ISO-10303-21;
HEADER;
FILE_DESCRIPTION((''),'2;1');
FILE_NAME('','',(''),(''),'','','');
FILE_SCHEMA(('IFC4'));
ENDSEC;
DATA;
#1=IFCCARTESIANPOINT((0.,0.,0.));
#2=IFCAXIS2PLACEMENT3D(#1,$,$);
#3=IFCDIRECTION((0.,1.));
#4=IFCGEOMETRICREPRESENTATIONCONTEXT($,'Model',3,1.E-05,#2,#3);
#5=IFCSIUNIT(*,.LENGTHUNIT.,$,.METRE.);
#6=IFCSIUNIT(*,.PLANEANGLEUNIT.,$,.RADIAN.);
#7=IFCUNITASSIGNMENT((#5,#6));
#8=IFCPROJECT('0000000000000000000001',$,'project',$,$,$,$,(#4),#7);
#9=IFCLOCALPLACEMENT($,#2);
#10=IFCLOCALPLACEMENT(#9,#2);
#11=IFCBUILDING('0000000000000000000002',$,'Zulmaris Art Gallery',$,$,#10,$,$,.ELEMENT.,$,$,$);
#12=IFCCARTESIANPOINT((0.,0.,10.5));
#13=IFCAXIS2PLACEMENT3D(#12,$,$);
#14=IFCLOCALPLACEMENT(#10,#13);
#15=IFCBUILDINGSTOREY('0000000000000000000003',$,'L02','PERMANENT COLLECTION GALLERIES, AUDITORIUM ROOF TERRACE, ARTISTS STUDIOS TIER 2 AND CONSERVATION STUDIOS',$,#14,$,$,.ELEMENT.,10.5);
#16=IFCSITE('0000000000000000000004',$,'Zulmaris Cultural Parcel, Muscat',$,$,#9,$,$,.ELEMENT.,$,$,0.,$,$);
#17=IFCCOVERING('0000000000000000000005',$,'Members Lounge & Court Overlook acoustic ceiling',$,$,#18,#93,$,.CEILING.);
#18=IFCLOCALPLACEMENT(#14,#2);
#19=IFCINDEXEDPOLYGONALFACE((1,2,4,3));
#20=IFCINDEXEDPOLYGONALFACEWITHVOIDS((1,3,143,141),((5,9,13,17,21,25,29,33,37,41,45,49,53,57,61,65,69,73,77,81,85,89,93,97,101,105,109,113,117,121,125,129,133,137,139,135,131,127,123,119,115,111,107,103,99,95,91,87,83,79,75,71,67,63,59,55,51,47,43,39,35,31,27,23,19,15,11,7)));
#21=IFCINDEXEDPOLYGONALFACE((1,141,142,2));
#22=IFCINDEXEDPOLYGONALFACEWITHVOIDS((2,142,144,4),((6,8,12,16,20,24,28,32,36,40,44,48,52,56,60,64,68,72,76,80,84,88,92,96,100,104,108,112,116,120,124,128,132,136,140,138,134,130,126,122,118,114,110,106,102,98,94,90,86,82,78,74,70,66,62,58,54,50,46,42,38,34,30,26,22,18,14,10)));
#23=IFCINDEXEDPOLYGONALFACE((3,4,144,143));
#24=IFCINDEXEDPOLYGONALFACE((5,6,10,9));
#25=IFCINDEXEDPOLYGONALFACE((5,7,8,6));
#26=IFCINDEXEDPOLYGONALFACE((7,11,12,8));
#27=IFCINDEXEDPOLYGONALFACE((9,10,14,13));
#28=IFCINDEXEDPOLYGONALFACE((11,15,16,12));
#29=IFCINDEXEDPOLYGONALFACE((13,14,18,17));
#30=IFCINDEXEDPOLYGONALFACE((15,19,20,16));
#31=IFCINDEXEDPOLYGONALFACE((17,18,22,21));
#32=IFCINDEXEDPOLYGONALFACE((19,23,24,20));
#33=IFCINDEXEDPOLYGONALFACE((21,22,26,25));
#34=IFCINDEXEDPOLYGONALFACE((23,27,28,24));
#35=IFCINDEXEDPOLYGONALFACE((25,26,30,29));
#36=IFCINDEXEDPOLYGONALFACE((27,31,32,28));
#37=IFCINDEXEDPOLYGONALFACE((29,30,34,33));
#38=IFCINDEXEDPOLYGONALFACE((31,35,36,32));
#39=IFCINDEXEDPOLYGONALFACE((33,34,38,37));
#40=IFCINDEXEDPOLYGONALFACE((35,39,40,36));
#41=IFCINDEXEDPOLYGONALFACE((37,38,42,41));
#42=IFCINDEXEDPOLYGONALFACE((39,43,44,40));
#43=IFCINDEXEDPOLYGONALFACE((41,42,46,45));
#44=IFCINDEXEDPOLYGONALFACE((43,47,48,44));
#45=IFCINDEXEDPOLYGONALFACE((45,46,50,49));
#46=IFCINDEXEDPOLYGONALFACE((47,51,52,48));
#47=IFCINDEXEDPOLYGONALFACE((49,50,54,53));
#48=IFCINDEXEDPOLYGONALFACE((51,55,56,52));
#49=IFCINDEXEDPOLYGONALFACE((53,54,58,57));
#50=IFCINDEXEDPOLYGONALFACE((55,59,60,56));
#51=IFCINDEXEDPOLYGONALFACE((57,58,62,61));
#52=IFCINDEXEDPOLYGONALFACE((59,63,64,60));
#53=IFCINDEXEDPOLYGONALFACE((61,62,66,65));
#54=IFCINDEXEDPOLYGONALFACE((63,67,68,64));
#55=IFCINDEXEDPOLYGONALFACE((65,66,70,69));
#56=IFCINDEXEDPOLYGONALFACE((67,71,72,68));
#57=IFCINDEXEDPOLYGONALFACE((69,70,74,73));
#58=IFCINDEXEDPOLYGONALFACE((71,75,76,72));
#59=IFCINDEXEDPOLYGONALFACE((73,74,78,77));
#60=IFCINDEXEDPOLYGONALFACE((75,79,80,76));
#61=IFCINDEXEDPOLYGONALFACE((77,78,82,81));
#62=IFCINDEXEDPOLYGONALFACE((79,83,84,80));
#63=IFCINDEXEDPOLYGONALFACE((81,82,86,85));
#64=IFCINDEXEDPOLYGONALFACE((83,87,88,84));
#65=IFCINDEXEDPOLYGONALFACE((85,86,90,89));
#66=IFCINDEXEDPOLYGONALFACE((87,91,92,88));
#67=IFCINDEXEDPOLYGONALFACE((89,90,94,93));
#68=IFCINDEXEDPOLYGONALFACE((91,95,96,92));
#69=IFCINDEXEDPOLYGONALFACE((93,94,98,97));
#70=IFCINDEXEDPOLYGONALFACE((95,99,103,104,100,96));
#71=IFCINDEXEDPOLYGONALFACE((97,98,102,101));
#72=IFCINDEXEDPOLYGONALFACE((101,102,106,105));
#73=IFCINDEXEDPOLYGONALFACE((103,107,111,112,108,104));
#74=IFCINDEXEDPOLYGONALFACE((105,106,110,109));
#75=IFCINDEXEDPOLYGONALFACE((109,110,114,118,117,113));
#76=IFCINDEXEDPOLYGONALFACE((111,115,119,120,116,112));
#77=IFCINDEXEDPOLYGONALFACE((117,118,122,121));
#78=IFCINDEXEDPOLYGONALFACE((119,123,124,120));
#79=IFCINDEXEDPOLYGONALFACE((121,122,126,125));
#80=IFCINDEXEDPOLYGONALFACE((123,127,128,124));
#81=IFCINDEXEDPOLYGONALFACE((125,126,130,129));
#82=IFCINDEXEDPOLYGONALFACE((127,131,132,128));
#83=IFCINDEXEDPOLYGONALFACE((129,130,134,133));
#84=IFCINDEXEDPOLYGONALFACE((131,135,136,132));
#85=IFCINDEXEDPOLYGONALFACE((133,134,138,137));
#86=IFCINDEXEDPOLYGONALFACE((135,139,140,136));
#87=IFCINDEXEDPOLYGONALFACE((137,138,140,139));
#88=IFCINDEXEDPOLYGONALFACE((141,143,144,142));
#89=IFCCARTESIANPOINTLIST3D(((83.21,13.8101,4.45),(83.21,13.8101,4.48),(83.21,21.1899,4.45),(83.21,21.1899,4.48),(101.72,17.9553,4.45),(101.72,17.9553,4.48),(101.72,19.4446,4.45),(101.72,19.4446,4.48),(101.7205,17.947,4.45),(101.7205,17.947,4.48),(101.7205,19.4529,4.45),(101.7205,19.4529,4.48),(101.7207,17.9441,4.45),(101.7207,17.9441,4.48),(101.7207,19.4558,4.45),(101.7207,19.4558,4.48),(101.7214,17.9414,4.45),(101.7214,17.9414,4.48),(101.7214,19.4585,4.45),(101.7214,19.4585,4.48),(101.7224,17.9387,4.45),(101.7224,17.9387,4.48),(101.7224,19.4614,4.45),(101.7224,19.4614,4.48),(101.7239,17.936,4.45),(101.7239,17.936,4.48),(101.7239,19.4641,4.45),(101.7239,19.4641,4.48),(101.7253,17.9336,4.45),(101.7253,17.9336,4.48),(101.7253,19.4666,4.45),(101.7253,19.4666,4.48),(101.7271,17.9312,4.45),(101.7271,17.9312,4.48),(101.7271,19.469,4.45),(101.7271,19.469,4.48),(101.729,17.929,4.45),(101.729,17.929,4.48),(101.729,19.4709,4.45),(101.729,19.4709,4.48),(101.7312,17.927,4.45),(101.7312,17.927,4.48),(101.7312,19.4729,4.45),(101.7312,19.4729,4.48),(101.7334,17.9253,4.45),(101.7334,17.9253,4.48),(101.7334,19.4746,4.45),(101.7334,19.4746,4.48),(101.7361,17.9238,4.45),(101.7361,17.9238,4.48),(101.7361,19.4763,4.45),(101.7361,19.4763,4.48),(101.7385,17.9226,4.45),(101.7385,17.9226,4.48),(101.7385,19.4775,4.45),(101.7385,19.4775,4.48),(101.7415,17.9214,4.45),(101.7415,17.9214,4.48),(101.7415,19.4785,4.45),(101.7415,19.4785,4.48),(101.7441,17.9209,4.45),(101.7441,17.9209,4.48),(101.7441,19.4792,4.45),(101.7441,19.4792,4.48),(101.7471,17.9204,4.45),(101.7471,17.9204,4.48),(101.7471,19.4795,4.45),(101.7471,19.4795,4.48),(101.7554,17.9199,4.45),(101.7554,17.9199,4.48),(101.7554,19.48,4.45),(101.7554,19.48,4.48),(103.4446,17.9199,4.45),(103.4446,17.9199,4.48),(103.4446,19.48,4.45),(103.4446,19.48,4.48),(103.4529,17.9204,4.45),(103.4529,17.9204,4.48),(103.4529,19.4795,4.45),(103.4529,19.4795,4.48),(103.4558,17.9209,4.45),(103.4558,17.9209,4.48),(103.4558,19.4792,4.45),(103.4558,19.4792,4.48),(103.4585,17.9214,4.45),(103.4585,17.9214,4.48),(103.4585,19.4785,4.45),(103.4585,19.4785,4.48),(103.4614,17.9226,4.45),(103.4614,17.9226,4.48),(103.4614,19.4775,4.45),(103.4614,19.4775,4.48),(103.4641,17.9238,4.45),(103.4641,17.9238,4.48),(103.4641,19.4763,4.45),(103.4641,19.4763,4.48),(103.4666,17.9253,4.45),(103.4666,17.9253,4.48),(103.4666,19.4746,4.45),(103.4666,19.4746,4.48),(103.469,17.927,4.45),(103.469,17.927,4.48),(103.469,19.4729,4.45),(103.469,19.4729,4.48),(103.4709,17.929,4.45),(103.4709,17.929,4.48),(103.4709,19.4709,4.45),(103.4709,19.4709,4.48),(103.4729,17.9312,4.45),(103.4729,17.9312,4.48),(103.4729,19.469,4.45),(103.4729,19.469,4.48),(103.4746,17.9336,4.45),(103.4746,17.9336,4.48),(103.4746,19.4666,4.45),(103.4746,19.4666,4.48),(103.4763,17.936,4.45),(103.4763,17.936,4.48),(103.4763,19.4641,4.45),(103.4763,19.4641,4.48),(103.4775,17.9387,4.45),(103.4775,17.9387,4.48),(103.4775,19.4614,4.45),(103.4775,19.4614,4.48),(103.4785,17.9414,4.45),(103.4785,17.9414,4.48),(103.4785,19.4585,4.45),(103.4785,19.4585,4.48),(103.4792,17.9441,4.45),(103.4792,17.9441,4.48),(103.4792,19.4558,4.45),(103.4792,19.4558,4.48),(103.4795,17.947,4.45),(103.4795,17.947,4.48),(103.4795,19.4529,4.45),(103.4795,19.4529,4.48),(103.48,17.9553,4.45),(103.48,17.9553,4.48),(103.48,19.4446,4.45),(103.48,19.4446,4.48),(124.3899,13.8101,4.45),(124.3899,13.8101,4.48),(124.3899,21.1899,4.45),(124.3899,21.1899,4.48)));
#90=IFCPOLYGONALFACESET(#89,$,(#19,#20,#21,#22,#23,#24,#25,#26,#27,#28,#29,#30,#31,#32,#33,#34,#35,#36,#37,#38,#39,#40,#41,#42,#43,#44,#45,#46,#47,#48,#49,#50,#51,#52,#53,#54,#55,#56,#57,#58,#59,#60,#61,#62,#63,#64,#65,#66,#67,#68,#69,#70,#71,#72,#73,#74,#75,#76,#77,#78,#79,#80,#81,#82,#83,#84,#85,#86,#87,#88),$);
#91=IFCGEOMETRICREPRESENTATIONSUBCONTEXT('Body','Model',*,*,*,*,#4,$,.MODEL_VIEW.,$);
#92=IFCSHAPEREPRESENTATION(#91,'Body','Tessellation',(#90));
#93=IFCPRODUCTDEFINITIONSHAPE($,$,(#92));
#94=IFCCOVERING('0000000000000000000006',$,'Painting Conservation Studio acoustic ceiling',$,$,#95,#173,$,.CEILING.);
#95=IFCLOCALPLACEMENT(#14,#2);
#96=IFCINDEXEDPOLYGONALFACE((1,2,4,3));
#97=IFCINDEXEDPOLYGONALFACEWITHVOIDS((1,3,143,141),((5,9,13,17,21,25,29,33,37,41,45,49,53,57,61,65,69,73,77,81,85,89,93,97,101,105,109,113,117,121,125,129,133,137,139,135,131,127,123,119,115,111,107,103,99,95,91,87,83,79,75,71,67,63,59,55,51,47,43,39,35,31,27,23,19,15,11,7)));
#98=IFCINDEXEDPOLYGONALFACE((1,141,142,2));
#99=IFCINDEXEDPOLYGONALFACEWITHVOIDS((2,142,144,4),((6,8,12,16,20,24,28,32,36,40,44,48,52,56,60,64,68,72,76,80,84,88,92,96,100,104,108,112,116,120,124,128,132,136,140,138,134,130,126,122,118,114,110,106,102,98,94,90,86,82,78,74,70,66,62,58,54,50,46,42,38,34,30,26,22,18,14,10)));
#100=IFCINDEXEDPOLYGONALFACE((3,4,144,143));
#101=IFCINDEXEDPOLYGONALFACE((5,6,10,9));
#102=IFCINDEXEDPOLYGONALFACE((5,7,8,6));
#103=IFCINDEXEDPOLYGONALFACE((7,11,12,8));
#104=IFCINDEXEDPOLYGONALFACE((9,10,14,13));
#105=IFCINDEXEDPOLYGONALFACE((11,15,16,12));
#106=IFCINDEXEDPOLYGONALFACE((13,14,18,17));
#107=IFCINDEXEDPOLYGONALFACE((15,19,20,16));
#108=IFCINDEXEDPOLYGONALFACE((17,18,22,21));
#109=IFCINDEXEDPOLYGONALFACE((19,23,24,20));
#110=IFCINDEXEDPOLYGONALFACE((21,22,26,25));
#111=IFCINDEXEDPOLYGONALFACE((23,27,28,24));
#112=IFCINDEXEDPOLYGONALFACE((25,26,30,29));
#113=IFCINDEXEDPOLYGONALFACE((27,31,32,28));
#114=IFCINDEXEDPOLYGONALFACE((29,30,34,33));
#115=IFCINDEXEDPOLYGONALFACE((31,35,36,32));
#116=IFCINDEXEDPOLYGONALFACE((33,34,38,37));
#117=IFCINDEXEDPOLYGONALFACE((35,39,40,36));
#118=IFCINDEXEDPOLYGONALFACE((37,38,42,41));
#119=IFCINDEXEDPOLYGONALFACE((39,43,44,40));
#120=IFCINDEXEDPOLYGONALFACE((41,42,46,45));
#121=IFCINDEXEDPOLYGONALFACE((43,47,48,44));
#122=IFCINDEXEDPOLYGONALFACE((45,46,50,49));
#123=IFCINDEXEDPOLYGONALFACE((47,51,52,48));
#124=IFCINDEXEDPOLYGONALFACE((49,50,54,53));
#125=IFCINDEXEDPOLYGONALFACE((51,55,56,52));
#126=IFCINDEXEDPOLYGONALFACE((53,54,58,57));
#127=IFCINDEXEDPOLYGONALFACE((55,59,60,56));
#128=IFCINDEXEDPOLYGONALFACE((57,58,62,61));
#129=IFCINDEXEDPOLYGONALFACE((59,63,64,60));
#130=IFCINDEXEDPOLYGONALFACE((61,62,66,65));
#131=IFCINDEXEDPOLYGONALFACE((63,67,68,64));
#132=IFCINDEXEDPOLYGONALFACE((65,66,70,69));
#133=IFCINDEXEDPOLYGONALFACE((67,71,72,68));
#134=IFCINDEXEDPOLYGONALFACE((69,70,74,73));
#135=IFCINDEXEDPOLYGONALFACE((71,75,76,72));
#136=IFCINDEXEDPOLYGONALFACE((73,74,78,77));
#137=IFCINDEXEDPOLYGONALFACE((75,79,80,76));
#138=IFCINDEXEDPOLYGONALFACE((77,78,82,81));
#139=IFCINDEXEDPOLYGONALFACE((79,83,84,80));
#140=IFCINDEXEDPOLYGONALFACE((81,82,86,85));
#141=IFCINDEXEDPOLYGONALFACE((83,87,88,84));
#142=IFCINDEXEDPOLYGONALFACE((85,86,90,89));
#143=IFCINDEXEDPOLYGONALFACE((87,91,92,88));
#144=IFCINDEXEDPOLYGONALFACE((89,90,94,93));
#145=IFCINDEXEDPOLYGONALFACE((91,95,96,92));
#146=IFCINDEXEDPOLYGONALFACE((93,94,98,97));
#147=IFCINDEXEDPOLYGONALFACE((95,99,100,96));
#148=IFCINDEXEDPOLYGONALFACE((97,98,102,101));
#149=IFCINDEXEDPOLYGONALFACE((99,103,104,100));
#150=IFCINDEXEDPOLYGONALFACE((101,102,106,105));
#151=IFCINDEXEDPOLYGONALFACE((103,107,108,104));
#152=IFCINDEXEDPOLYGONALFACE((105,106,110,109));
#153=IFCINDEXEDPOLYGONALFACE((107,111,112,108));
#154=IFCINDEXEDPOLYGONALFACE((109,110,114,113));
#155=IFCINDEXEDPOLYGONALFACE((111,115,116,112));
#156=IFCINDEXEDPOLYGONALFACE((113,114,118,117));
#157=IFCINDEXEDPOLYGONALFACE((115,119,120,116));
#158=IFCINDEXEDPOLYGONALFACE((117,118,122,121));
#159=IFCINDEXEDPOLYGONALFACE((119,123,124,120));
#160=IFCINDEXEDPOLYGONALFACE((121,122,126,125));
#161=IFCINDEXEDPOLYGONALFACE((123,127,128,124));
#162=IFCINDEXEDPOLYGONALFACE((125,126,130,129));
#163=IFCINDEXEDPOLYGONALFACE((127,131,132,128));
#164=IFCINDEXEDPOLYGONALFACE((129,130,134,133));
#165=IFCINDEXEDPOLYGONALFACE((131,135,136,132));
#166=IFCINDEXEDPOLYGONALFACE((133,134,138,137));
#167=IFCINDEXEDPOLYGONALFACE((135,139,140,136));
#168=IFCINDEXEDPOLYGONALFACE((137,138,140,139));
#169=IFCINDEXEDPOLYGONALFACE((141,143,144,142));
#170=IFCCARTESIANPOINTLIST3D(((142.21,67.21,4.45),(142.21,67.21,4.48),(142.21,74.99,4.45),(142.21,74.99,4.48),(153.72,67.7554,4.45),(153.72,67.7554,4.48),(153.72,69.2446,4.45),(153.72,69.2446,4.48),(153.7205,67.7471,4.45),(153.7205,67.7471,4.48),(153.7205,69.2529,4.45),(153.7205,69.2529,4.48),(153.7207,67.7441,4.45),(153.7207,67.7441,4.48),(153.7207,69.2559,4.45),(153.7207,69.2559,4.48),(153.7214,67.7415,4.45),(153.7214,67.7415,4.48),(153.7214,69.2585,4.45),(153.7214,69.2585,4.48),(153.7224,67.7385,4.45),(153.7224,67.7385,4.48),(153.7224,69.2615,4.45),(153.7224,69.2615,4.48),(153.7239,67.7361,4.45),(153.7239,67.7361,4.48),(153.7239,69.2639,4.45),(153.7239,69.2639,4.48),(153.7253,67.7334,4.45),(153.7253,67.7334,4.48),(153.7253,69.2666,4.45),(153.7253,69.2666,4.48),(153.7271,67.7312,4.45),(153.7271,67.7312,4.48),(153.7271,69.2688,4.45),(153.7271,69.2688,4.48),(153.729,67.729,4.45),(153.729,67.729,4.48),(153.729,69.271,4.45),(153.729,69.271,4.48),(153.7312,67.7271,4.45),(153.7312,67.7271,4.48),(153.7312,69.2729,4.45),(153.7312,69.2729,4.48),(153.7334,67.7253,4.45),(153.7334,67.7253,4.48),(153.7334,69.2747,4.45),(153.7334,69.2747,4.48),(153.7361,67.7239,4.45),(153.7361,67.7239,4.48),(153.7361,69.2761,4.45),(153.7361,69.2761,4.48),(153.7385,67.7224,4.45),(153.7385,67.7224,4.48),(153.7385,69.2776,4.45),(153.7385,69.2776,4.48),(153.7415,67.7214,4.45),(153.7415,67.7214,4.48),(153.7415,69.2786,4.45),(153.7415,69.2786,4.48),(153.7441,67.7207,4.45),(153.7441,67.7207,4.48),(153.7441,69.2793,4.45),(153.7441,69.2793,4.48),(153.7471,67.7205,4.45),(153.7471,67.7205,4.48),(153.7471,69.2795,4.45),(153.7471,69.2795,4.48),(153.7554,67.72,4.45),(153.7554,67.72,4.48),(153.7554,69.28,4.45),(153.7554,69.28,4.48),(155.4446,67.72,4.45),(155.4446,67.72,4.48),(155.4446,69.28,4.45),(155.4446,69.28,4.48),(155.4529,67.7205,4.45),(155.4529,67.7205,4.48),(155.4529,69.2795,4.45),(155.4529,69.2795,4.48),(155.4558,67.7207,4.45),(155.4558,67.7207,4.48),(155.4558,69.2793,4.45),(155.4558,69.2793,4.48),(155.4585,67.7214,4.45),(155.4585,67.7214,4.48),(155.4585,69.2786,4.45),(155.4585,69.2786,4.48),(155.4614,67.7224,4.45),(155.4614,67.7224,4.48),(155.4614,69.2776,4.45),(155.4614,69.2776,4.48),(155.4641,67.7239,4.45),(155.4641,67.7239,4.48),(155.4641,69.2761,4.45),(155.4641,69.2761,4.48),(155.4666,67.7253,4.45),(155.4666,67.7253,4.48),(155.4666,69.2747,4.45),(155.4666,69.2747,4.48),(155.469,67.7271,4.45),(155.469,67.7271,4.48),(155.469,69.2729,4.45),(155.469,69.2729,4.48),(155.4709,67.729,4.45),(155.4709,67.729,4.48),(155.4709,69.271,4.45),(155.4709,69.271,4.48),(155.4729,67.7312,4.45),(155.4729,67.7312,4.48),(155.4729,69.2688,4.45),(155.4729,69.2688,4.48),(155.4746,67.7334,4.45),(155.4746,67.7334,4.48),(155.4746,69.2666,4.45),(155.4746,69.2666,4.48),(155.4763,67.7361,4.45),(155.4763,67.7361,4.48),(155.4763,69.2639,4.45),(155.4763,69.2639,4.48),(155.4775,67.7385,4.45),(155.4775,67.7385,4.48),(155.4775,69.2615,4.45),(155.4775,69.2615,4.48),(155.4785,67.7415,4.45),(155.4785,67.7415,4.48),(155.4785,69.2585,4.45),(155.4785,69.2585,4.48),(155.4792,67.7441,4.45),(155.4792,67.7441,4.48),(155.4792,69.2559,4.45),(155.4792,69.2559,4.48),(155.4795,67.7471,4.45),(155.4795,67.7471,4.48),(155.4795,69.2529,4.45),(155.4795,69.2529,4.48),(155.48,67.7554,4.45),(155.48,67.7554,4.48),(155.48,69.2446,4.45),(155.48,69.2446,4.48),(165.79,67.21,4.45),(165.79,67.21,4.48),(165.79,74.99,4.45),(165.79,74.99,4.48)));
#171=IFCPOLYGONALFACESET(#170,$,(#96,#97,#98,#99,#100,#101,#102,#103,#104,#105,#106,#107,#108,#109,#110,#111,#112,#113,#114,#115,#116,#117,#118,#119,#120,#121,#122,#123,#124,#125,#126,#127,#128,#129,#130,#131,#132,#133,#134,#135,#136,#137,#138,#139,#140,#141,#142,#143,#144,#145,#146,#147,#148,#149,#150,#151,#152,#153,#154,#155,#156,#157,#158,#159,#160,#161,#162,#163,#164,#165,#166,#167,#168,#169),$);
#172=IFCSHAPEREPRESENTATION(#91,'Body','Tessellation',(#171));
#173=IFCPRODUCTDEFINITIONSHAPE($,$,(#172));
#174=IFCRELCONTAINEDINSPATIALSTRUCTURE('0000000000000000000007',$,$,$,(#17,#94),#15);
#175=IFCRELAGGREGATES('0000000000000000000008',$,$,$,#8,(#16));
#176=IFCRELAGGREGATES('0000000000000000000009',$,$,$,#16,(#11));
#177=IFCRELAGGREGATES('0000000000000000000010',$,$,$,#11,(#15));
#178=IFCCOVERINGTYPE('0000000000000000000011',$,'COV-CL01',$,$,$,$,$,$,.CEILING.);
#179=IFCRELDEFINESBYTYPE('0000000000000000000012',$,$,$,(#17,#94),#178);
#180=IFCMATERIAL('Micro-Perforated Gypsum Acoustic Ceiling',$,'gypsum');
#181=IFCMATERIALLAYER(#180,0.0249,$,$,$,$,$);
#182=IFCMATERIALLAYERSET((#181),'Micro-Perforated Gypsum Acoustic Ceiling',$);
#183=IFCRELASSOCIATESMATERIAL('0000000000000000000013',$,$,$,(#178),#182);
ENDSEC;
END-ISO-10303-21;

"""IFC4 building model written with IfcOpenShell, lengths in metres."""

from ifc_helpers import new_model, si_unit, direction, frame, origin, place, context, subcontext, project, spatial, polyline, outline, extrude, material, layer, layer_set, type_object, element, save


model = new_model("IFC4")

# Units and contexts
model_context = context("Model", 3, precision=1e-05, world=origin(), true_north=direction((0.0, 1.0)))
body_context = subcontext(model_context, "Body", "Model", "MODEL_VIEW")
ifc_project = project(units=[si_unit("LENGTHUNIT", "METRE"), si_unit("PLANEANGLEUNIT", "RADIAN")], contexts=[model_context])

# Site, building, storey
site_placement = place(None, origin())
site = spatial("IfcSite", under=ifc_project, at=site_placement, Name="Zulmaris Cultural Parcel, Muscat", CompositionType="ELEMENT", RefElevation=0.0)
building_placement = place(site_placement, origin())
building = spatial("IfcBuilding", under=site, at=building_placement, Name="Zulmaris Art Gallery", CompositionType="ELEMENT")
storey_placement = place(building_placement, frame((0.0, 0.0, 10.5)))
storey = spatial("IfcBuildingStorey", under=building, at=storey_placement, Name="L02", Description="PERMANENT COLLECTION GALLERIES, AUDITORIUM ROOF TERRACE, ARTISTS STUDIOS TIER 2 AND CONSERVATION STUDIOS", CompositionType="ELEMENT", Elevation=10.5)

# Coverings
ifc_material_1 = material(Name="Micro-Perforated Gypsum Acoustic Ceiling", Category="gypsum")
ifc_layer_1 = layer(ifc_material_1, 0.0249)
ifc_layer_set_1 = layer_set([ifc_layer_1], Name="Micro-Perforated Gypsum Acoustic Ceiling")
covering_type_1 = type_object("IfcCoveringType", Name="COV-CL01", PredefinedType="CEILING", material=ifc_layer_set_1)
covering_1_placement = place(storey_placement, frame((0.0, 0.0, 4.45)))
element("IfcCovering", 1, at=covering_1_placement, inside=storey, type_object=covering_type_1, Name="Members Lounge & Court Overlook acoustic ceiling", PredefinedType="CEILING", context=body_context, shape_type="SweptSolid", body=[
    extrude(outline(polyline([(83.21, 21.1899), (124.3899, 21.1899), (124.3899, 13.8101), (83.21, 13.8101), (83.21, 21.1899)]), holes=[polyline([(101.7415, 19.4785), (101.7385, 19.4775), (101.7361, 19.4763), (101.7334, 19.4746), (101.7312, 19.4729), (101.729, 19.4709), (101.7271, 19.469), (101.7253, 19.4666), (101.7239, 19.4641), (101.7224, 19.4614), (101.7214, 19.4585), (101.7207, 19.4558), (101.7205, 19.4529), (101.72, 19.4446), (101.72, 17.9553), (101.7205, 17.947), (101.7207, 17.9441), (101.7214, 17.9414), (101.7224, 17.9387), (101.7239, 17.936), (101.7253, 17.9336), (101.7271, 17.9312), (101.729, 17.929), (101.7312, 17.927), (101.7334, 17.9253), (101.7361, 17.9238), (101.7385, 17.9226), (101.7415, 17.9214), (101.7441, 17.9209), (101.7471, 17.9204), (101.7554, 17.9199), (103.4446, 17.9199), (103.4529, 17.9204), (103.4558, 17.9209), (103.4585, 17.9214), (103.4614, 17.9226), (103.4641, 17.9238), (103.4666, 17.9253), (103.469, 17.927), (103.4709, 17.929), (103.4729, 17.9312), (103.4746, 17.9336), (103.4763, 17.936), (103.4775, 17.9387), (103.4785, 17.9414), (103.4792, 17.9441), (103.4795, 17.947), (103.48, 17.9553), (103.48, 19.4446), (103.4795, 19.4529), (103.4792, 19.4558), (103.4785, 19.4585), (103.4775, 19.4614), (103.4763, 19.4641), (103.4746, 19.4666), (103.4729, 19.469), (103.4709, 19.4709), (103.469, 19.4729), (103.4666, 19.4746), (103.4641, 19.4763), (103.4614, 19.4775), (103.4585, 19.4785), (103.4558, 19.4792), (103.4529, 19.4795), (103.4446, 19.48), (101.7554, 19.48), (101.7471, 19.4795), (101.7441, 19.4792), (101.7415, 19.4785)])]), origin(), (0.0, 0.0, 1.0), 0.03),
])
covering_2_placement = place(storey_placement, frame((0.0, 0.0, 4.45)))
element("IfcCovering", 2, at=covering_2_placement, inside=storey, type_object=covering_type_1, Name="Painting Conservation Studio acoustic ceiling", PredefinedType="CEILING", context=body_context, shape_type="SweptSolid", body=[
    extrude(outline(polyline([(142.21, 74.99), (165.79, 74.99), (165.79, 67.21), (142.21, 67.21), (142.21, 74.99)]), holes=[polyline([(153.7415, 69.2786), (153.7385, 69.2776), (153.7361, 69.2761), (153.7334, 69.2747), (153.7312, 69.2729), (153.729, 69.271), (153.7271, 69.2688), (153.7253, 69.2666), (153.7239, 69.2639), (153.7224, 69.2615), (153.7214, 69.2585), (153.7207, 69.2559), (153.7205, 69.2529), (153.72, 69.2446), (153.72, 67.7554), (153.7205, 67.7471), (153.7207, 67.7441), (153.7214, 67.7415), (153.7224, 67.7385), (153.7239, 67.7361), (153.7253, 67.7334), (153.7271, 67.7312), (153.729, 67.729), (153.7312, 67.7271), (153.7334, 67.7253), (153.7361, 67.7239), (153.7385, 67.7224), (153.7415, 67.7214), (153.7441, 67.7207), (153.7471, 67.7205), (153.7554, 67.72), (155.4446, 67.72), (155.4529, 67.7205), (155.4558, 67.7207), (155.4585, 67.7214), (155.4614, 67.7224), (155.4641, 67.7239), (155.4666, 67.7253), (155.469, 67.7271), (155.4709, 67.729), (155.4729, 67.7312), (155.4746, 67.7334), (155.4763, 67.7361), (155.4775, 67.7385), (155.4785, 67.7415), (155.4792, 67.7441), (155.4795, 67.7471), (155.48, 67.7554), (155.48, 69.2446), (155.4795, 69.2529), (155.4792, 69.2559), (155.4785, 69.2585), (155.4775, 69.2615), (155.4763, 69.2639), (155.4746, 69.2666), (155.4729, 69.2688), (155.4709, 69.271), (155.469, 69.2729), (155.4666, 69.2747), (155.4641, 69.2761), (155.4614, 69.2776), (155.4585, 69.2786), (155.4558, 69.2793), (155.4529, 69.2795), (155.4446, 69.28), (153.7554, 69.28), (153.7471, 69.2795), (153.7441, 69.2793), (153.7415, 69.2786)])]), origin(), (0.0, 0.0, 1.0), 0.03),
])

save(model, "model.ifc")
